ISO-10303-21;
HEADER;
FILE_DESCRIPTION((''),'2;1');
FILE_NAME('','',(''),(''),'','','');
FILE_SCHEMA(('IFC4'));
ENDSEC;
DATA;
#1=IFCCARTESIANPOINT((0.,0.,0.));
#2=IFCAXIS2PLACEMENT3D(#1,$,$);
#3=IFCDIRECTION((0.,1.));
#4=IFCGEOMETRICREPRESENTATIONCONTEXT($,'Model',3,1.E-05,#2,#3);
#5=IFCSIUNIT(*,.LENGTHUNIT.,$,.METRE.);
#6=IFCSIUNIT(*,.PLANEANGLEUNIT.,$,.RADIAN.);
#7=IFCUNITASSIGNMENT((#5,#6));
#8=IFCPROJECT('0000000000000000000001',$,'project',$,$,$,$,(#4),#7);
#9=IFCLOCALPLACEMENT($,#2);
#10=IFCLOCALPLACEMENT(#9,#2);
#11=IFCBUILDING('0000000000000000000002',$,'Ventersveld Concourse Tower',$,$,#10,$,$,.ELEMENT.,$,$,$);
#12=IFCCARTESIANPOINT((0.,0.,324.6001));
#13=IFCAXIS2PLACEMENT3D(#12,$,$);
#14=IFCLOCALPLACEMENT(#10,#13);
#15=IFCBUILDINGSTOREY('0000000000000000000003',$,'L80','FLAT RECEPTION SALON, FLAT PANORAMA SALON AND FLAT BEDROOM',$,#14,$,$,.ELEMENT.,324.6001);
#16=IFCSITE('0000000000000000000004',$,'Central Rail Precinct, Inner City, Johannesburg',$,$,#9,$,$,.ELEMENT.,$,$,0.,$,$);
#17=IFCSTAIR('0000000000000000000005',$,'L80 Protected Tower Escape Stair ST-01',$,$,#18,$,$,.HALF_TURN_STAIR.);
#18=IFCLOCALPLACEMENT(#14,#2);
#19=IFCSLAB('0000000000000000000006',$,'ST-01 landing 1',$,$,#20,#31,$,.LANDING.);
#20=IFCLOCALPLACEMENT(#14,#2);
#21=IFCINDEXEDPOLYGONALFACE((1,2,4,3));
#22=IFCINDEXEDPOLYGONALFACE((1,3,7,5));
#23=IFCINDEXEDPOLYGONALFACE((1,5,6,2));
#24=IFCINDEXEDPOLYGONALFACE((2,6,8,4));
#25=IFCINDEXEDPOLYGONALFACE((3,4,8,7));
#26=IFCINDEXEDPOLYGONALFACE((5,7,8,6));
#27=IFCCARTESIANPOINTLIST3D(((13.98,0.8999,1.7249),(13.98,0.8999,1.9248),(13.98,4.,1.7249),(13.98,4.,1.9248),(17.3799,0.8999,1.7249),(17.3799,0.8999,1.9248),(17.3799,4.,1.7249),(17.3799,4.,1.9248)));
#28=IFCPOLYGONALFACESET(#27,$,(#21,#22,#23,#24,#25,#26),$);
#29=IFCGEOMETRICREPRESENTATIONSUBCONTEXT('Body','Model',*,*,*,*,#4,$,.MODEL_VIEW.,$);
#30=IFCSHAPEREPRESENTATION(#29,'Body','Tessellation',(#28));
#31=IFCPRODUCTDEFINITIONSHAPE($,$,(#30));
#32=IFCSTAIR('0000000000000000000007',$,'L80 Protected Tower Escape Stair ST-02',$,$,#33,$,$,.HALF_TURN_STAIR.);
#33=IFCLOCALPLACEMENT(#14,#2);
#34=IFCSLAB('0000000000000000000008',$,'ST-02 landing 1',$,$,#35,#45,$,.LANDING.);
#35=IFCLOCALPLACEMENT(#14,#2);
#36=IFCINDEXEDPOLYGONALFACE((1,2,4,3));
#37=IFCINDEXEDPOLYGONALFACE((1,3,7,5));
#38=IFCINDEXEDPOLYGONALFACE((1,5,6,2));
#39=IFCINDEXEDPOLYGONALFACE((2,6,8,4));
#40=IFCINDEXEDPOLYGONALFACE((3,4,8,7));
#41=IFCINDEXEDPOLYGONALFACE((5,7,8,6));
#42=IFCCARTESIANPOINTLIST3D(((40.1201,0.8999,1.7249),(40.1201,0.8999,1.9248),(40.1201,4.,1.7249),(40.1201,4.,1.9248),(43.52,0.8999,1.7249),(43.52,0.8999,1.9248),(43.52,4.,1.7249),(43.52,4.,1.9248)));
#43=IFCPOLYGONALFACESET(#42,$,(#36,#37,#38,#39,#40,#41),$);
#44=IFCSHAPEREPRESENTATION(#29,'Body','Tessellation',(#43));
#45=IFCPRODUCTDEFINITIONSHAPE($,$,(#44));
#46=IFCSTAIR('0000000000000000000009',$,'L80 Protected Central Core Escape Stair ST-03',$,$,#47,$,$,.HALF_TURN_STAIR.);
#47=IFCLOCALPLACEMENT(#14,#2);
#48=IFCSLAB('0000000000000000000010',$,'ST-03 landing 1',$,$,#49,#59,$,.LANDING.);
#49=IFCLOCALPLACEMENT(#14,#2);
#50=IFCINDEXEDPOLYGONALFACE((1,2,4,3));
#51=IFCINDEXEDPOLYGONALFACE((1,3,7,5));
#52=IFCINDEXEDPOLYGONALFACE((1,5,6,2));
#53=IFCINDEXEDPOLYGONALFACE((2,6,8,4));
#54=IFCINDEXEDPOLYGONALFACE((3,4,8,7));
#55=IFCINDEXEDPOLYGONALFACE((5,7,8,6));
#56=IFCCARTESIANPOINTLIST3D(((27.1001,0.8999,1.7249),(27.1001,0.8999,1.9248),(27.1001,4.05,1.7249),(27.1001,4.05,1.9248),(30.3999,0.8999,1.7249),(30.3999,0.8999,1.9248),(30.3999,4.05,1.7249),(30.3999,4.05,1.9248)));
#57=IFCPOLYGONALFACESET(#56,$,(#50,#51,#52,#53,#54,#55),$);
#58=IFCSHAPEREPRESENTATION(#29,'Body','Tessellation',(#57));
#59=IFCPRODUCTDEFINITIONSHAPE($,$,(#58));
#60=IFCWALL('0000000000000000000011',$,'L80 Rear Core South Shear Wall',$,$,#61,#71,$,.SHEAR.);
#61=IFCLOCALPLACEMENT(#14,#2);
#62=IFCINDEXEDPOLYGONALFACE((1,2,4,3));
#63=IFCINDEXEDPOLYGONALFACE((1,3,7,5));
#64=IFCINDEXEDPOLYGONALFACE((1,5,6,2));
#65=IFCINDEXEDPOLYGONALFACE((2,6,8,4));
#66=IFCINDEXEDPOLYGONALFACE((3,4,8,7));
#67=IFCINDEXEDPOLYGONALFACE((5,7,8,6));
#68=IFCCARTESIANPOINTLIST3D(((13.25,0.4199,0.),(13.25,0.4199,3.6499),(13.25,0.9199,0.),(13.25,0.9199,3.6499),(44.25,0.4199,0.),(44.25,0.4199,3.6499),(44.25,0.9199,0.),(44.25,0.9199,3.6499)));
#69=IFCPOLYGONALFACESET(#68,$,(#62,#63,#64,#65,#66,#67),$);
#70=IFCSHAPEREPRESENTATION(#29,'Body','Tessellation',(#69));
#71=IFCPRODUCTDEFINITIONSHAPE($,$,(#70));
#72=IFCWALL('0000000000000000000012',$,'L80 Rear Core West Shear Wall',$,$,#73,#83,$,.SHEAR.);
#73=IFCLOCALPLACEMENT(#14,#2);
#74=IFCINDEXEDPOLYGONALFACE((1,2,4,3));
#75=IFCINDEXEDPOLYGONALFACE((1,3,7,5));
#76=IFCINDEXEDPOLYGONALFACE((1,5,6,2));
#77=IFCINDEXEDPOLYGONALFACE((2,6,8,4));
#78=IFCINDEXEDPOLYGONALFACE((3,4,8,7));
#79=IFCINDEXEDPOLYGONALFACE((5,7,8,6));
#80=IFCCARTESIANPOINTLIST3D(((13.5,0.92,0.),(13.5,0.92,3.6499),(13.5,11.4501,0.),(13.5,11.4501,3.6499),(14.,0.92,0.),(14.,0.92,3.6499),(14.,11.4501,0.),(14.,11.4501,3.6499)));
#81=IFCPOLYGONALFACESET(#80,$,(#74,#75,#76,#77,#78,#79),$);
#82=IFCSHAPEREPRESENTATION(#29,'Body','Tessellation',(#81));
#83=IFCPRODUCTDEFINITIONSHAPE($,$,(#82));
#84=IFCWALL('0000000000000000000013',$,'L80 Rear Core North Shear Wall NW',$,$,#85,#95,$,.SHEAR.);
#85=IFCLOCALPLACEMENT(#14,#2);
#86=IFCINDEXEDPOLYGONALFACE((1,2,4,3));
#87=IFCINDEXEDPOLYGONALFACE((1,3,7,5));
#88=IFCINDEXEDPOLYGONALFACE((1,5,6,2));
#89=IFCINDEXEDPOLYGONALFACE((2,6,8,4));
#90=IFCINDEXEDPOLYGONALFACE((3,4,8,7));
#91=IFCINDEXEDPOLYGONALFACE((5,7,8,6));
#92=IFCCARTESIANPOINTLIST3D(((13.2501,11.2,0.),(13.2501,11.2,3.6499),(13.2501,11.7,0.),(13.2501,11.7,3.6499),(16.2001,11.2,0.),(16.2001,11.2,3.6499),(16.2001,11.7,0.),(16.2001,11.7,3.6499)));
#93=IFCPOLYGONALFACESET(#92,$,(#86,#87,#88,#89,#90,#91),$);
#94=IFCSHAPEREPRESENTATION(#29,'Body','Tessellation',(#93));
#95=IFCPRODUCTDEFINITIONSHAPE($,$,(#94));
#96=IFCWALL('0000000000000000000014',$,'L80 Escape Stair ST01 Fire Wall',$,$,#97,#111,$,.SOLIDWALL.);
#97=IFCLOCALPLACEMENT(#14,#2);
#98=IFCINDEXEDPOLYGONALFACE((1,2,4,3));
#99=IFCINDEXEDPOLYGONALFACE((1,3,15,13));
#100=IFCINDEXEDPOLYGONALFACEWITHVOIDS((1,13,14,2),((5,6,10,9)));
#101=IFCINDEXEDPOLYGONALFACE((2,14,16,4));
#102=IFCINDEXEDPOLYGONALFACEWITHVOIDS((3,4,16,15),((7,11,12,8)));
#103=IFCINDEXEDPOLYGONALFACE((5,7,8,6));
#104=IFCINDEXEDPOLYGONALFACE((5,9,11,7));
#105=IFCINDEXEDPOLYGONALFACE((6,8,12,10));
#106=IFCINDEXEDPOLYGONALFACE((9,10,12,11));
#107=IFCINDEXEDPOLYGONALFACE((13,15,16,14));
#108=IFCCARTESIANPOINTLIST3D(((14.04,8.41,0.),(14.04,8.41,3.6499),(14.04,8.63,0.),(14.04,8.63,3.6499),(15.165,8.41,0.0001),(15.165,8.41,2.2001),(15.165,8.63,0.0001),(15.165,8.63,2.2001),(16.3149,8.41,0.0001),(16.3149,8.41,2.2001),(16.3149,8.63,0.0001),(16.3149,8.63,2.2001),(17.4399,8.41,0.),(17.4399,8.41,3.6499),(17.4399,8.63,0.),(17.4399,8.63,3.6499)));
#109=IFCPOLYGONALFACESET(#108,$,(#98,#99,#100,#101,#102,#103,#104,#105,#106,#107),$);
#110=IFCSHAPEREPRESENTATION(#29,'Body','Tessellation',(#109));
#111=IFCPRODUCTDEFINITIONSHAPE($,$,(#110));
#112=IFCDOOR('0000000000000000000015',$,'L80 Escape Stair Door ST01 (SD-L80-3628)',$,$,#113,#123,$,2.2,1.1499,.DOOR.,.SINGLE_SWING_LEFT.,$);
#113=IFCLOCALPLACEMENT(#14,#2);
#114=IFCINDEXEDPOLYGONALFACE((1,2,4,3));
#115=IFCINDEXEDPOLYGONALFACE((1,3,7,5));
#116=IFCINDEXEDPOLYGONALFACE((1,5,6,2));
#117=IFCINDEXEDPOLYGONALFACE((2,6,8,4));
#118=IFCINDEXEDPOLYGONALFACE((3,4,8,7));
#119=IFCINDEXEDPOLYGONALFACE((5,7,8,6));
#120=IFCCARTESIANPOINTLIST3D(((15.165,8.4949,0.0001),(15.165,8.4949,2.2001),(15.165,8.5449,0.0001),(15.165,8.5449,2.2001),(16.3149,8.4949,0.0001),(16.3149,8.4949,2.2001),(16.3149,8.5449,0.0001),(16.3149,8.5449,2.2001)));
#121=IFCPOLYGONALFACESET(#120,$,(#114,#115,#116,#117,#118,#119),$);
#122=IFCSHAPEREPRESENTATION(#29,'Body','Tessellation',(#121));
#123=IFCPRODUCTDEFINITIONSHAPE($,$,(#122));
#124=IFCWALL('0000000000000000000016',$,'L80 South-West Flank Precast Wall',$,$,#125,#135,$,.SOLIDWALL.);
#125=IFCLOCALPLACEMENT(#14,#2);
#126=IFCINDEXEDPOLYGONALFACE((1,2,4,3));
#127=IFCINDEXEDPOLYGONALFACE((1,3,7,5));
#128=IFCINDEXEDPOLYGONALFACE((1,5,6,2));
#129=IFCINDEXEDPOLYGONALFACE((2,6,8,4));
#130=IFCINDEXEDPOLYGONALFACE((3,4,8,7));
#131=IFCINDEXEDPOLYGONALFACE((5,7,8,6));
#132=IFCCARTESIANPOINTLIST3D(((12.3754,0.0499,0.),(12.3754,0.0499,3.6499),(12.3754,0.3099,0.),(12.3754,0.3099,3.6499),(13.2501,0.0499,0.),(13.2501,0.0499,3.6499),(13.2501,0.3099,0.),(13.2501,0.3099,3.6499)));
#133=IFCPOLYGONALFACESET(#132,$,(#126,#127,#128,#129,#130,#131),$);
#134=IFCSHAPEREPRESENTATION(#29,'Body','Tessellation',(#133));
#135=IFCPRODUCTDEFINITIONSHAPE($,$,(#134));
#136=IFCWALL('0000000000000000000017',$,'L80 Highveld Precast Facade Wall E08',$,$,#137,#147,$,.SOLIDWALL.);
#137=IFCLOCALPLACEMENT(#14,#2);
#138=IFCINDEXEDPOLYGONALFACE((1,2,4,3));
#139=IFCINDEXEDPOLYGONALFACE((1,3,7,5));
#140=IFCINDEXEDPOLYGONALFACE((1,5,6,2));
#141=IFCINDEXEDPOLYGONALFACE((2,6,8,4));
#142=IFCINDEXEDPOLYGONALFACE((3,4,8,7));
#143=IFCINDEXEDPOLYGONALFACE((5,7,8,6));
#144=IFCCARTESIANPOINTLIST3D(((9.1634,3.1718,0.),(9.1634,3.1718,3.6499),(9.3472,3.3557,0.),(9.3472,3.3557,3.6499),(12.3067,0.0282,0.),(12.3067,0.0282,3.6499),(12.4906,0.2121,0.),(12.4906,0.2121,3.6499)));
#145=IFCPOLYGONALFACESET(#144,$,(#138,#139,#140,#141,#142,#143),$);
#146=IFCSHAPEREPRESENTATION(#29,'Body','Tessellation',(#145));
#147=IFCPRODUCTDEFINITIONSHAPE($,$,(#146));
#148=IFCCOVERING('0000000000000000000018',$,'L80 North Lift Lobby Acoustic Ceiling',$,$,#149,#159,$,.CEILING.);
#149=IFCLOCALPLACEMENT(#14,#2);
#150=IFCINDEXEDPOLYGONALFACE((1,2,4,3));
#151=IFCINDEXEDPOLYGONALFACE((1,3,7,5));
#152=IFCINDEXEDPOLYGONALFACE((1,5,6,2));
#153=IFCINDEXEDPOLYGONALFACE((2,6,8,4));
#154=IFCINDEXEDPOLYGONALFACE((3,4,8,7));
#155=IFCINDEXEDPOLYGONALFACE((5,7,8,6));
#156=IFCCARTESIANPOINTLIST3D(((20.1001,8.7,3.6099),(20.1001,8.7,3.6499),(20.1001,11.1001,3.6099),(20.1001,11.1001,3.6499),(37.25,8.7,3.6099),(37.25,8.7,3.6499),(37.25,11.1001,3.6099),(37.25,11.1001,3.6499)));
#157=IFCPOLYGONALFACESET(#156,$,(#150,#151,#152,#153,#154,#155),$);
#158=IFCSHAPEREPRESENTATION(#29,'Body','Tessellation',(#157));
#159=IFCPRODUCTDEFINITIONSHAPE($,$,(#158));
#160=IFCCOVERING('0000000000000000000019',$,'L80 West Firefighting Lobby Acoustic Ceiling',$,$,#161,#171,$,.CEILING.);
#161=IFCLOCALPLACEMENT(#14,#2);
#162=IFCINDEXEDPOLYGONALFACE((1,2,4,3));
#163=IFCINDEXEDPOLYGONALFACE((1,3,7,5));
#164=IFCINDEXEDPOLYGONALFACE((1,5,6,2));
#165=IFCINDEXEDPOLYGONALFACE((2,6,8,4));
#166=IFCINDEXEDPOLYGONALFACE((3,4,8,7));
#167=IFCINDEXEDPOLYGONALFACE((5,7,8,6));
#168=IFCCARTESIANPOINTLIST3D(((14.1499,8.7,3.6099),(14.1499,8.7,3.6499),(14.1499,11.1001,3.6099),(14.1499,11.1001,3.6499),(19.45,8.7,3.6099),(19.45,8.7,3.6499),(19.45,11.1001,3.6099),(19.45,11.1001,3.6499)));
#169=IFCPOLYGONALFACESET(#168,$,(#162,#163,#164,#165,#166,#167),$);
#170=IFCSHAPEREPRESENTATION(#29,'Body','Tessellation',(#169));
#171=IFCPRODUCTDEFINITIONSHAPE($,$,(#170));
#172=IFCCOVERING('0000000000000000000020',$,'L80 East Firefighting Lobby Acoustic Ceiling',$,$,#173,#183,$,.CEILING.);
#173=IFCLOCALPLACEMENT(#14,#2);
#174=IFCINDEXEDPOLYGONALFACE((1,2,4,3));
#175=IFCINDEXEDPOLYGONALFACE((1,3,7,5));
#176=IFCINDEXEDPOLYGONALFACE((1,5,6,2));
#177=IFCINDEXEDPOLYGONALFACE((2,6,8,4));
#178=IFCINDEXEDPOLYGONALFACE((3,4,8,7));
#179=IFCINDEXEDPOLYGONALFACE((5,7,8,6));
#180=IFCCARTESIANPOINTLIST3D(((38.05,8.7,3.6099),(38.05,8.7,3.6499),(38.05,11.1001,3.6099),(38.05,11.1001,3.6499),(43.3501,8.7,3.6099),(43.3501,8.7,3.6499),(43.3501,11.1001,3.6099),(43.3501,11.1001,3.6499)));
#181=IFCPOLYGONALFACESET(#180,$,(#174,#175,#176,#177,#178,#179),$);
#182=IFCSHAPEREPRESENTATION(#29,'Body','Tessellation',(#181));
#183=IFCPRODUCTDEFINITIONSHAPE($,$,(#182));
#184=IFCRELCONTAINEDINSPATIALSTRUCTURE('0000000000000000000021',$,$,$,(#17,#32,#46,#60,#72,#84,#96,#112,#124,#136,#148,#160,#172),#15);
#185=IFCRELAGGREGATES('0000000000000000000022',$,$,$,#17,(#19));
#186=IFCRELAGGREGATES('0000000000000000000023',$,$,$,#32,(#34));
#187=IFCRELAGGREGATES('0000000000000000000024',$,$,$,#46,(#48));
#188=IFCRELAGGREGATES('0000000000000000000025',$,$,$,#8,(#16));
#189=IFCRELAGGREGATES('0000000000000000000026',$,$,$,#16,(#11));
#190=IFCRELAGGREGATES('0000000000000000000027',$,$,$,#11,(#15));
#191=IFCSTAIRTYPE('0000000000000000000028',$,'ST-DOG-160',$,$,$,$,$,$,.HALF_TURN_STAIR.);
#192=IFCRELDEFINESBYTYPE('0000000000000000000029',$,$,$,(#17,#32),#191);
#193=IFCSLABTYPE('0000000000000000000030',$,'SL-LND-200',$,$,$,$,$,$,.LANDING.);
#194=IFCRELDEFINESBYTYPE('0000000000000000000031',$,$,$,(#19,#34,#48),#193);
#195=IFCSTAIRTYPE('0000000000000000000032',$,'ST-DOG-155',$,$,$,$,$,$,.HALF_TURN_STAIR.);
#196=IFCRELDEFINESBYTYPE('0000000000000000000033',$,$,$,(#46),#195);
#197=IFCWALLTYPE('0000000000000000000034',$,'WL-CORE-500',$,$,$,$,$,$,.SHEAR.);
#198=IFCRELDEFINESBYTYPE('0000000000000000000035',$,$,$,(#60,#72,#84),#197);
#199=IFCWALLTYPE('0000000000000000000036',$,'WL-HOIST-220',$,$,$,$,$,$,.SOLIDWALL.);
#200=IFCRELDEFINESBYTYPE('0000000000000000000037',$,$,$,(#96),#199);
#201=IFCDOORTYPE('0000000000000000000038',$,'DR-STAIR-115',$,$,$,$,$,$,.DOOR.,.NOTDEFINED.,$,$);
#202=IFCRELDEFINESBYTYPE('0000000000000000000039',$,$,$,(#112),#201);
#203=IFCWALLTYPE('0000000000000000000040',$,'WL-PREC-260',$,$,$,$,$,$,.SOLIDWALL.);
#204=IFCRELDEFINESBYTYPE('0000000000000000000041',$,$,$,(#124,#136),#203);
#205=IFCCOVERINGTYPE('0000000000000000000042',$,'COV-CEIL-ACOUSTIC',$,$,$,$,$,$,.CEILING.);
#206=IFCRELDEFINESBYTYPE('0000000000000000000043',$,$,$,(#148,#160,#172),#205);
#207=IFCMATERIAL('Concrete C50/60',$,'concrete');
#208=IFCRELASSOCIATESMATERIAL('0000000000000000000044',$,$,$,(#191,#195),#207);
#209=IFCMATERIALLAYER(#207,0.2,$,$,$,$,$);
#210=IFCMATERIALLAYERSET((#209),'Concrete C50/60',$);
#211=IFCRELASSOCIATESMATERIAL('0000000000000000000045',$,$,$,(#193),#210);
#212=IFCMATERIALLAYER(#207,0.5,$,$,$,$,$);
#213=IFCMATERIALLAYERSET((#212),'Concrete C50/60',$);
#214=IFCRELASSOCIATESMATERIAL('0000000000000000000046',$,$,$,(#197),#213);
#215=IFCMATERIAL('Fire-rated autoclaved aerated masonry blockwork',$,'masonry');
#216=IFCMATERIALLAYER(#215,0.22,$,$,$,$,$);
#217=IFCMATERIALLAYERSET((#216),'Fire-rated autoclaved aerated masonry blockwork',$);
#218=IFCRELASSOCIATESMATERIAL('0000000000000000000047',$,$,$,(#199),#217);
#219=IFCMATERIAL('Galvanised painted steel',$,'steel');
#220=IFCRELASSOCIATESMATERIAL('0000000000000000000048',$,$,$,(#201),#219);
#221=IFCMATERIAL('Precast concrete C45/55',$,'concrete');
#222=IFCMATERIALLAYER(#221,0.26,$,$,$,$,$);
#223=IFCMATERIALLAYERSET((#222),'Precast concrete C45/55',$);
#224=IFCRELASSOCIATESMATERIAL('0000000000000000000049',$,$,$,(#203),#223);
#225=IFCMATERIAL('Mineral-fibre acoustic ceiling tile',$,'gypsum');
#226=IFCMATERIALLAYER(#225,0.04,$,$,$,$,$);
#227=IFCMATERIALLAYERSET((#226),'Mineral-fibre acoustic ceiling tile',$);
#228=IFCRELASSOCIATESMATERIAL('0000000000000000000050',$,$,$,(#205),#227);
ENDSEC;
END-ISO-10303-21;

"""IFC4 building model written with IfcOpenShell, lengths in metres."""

from ifc_helpers import new_model, si_unit, direction, frame, frame_2d, origin, place, context, subcontext, project, spatial, polyline, rectangle, outline, extrude, material, layer, layer_set, type_object, element, fill, aggregate, save


model = new_model("IFC4")

# Units and contexts
model_context = context("Model", 3, precision=1e-05, world=origin(), true_north=direction((0.0, 1.0)))
body_context = subcontext(model_context, "Body", "Model", "MODEL_VIEW")
ifc_project = project(units=[si_unit("LENGTHUNIT", "METRE"), si_unit("PLANEANGLEUNIT", "RADIAN")], contexts=[model_context])

# Site, building, storey
site_placement = place(None, origin())
site = spatial("IfcSite", under=ifc_project, at=site_placement, Name="Central Rail Precinct, Inner City, Johannesburg", CompositionType="ELEMENT", RefElevation=0.0)
building_placement = place(site_placement, origin())
building = spatial("IfcBuilding", under=site, at=building_placement, Name="Ventersveld Concourse Tower", CompositionType="ELEMENT")
storey_placement = place(building_placement, frame((0.0, 0.0, 324.6001)))
storey = spatial("IfcBuildingStorey", under=building, at=storey_placement, Name="L80", Description="FLAT RECEPTION SALON, FLAT PANORAMA SALON AND FLAT BEDROOM", CompositionType="ELEMENT", Elevation=324.6001)

# Shared definitions
ifc_material_1 = material(Name="Concrete C50/60", Category="concrete")

# Stairs, slabs
stair_type_1 = type_object("IfcStairType", Name="ST-DOG-160", PredefinedType="HALF_TURN_STAIR", material=ifc_material_1)
stair_1_placement = place(storey_placement, origin())
stair_1 = element("IfcStair", 1, at=stair_1_placement, inside=storey, type_object=stair_type_1, Name="L80 Protected Tower Escape Stair ST-01", PredefinedType="HALF_TURN_STAIR")
ifc_layer_1 = layer(ifc_material_1, 0.2)
ifc_layer_set_1 = layer_set([ifc_layer_1], Name="Concrete C50/60")
slab_type_1 = type_object("IfcSlabType", Name="SL-LND-200", PredefinedType="LANDING", material=ifc_layer_set_1)
slab_1_placement = place(storey_placement, frame((0.0, 0.0, 1.7249)))
slab_1 = element("IfcSlab", 2, at=slab_1_placement, type_object=slab_type_1, Name="ST-01 landing 1", PredefinedType="LANDING", context=body_context, shape_type="SweptSolid", body=[
    extrude(outline(polyline([(13.98, 4.0), (13.98, 0.8999), (17.3799, 0.8999), (17.3799, 4.0), (13.98, 4.0)])), origin(), (0.0, 0.0, 1.0), 0.2),
])
aggregate(stair_1, [slab_1])
stair_2_placement = place(storey_placement, origin())
stair_2 = element("IfcStair", 3, at=stair_2_placement, inside=storey, type_object=stair_type_1, Name="L80 Protected Tower Escape Stair ST-02", PredefinedType="HALF_TURN_STAIR")
slab_2_placement = place(storey_placement, frame((0.0, 0.0, 1.7249)))
slab_2 = element("IfcSlab", 4, at=slab_2_placement, type_object=slab_type_1, Name="ST-02 landing 1", PredefinedType="LANDING", context=body_context, shape_type="SweptSolid", body=[
    extrude(outline(polyline([(40.1201, 4.0), (40.1201, 0.8999), (43.52, 0.8999), (43.52, 4.0), (40.1201, 4.0)])), origin(), (0.0, 0.0, 1.0), 0.2),
])
aggregate(stair_2, [slab_2])
stair_type_2 = type_object("IfcStairType", Name="ST-DOG-155", PredefinedType="HALF_TURN_STAIR", material=ifc_material_1)
stair_3_placement = place(storey_placement, origin())
stair_3 = element("IfcStair", 5, at=stair_3_placement, inside=storey, type_object=stair_type_2, Name="L80 Protected Central Core Escape Stair ST-03", PredefinedType="HALF_TURN_STAIR")
slab_3_placement = place(storey_placement, frame((0.0, 0.0, 1.7249)))
slab_3 = element("IfcSlab", 6, at=slab_3_placement, type_object=slab_type_1, Name="ST-03 landing 1", PredefinedType="LANDING", context=body_context, shape_type="SweptSolid", body=[
    extrude(outline(polyline([(27.1001, 4.05), (27.1001, 0.8999), (30.3999, 0.8999), (30.3999, 4.05), (27.1001, 4.05)])), origin(), (0.0, 0.0, 1.0), 0.2),
])
aggregate(stair_3, [slab_3])

# Walls
ifc_layer_2 = layer(ifc_material_1, 0.5)
ifc_layer_set_2 = layer_set([ifc_layer_2], Name="Concrete C50/60")
wall_type_1 = type_object("IfcWallType", Name="WL-CORE-500", PredefinedType="SHEAR", material=ifc_layer_set_2)
wall_1_placement = place(storey_placement, frame((13.25, 0.6699, 0.0), z_axis=(0.0, 0.0, 1.0), x_axis=(1.0, 0.0, 0.0)))
element("IfcWall", 7, at=wall_1_placement, inside=storey, type_object=wall_type_1, Name="L80 Rear Core South Shear Wall", PredefinedType="SHEAR", context=body_context, shape_type="SweptSolid", body=[
    extrude(rectangle(XDim=31.0, YDim=0.5, at=frame_2d((15.5, 0.0))), origin(), (0.0, 0.0, 1.0), 3.6499),
])
wall_2_placement = place(storey_placement, frame((13.75, 0.9199, 0.0), z_axis=(0.0, 0.0, 1.0), x_axis=(0.0, 1.0, 0.0)))
element("IfcWall", 8, at=wall_2_placement, inside=storey, type_object=wall_type_1, Name="L80 Rear Core West Shear Wall", PredefinedType="SHEAR", context=body_context, shape_type="SweptSolid", body=[
    extrude(rectangle(XDim=10.53, YDim=0.5, at=frame_2d((5.2651, 0.0))), origin(), (0.0, 0.0, 1.0), 3.6499),
])
wall_3_placement = place(storey_placement, frame((13.25, 11.45, 0.0), z_axis=(0.0, 0.0, 1.0), x_axis=(1.0, 0.0, 0.0)))
element("IfcWall", 9, at=wall_3_placement, inside=storey, type_object=wall_type_1, Name="L80 Rear Core North Shear Wall NW", PredefinedType="SHEAR", context=body_context, shape_type="SweptSolid", body=[
    extrude(rectangle(XDim=2.95, YDim=0.5, at=frame_2d((1.4751, 0.0))), origin(), (0.0, 0.0, 1.0), 3.6499),
])

# Wall, opening, door
ifc_material_2 = material(Name="Fire-rated autoclaved aerated masonry blockwork", Category="masonry")
ifc_layer_3 = layer(ifc_material_2, 0.22)
ifc_layer_set_3 = layer_set([ifc_layer_3], Name="Fire-rated autoclaved aerated masonry blockwork")
wall_type_2 = type_object("IfcWallType", Name="WL-HOIST-220", PredefinedType="SOLIDWALL", material=ifc_layer_set_3)
wall_4_placement = place(storey_placement, frame((14.04, 8.52, 0.0), z_axis=(0.0, 0.0, 1.0), x_axis=(1.0, 0.0, 0.0)))
wall_4 = element("IfcWall", 10, at=wall_4_placement, inside=storey, type_object=wall_type_2, Name="L80 Escape Stair ST01 Fire Wall", PredefinedType="SOLIDWALL", context=body_context, shape_type="SweptSolid", body=[
    extrude(rectangle(XDim=3.3999, YDim=0.22, at=frame_2d((1.7, 0.0))), origin(), (0.0, 0.0, 1.0), 3.6499),
])
opening_placement = place(wall_4_placement, frame((1.125, 0.0, 0.0)))
opening = element("IfcOpeningElement", 11, at=opening_placement, cuts=wall_4, PredefinedType="OPENING", context=body_context, shape_type="SweptSolid", body=[
    extrude(rectangle(XDim=1.1499, YDim=2.2, at=frame_2d((0.575, 1.1001))), frame((0.0, 0.1201, 0.0), z_axis=(0.0, -1.0, 0.0), x_axis=(1.0, 0.0, 0.0)), (0.0, 0.0, 1.0), 0.24),
])
ifc_material_3 = material(Name="Galvanised painted steel", Category="steel")
door_type = type_object("IfcDoorType", Name="DR-STAIR-115", OperationType="NOTDEFINED", PredefinedType="DOOR", material=ifc_material_3)
door_placement = place(opening_placement, origin())
door = element("IfcDoor", 12, at=door_placement, inside=storey, type_object=door_type, Name="L80 Escape Stair Door ST01 (SD-L80-3628)", OperationType="SINGLE_SWING_LEFT", OverallHeight=2.2, OverallWidth=1.1499, PredefinedType="DOOR", context=body_context, shape_type="SweptSolid", body=[
    extrude(rectangle(XDim=1.1499, YDim=2.2, at=frame_2d((0.575, 1.1001))), frame((0.0, 0.0249, 0.0), z_axis=(0.0, -1.0, 0.0), x_axis=(1.0, 0.0, 0.0)), (0.0, 0.0, 1.0), 0.05),
])
fill(opening, door)

# Walls
ifc_material_4 = material(Name="Precast concrete C45/55", Category="concrete")
ifc_layer_4 = layer(ifc_material_4, 0.26)
ifc_layer_set_4 = layer_set([ifc_layer_4], Name="Precast concrete C45/55")
wall_type_3 = type_object("IfcWallType", Name="WL-PREC-260", PredefinedType="SOLIDWALL", material=ifc_layer_set_4)
wall_5_placement = place(storey_placement, frame((12.3752, 0.1799, 0.0), z_axis=(0.0, 0.0, 1.0), x_axis=(1.0, 0.0, 0.0)))
element("IfcWall", 13, at=wall_5_placement, inside=storey, type_object=wall_type_3, Name="L80 South-West Flank Precast Wall", PredefinedType="SOLIDWALL", context=body_context, shape_type="SweptSolid", body=[
    extrude(rectangle(XDim=0.8748, YDim=0.26, at=frame_2d((0.4375, 0.0))), origin(), (0.0, 0.0, 1.0), 3.6499),
])
wall_6_placement = place(storey_placement, frame((9.2554, 3.2637, 0.0), z_axis=(0.0, 0.0, 1.0), x_axis=(0.707079, -0.707134, 0.0)))
element("IfcWall", 14, at=wall_6_placement, inside=storey, type_object=wall_type_3, Name="L80 Highveld Precast Facade Wall E08", PredefinedType="SOLIDWALL", context=body_context, shape_type="SweptSolid", body=[
    extrude(rectangle(XDim=4.4456, YDim=0.26, at=frame_2d((2.2227, 0.0))), origin(), (0.0, 0.0, 1.0), 3.6499),
])

# Coverings
ifc_material_5 = material(Name="Mineral-fibre acoustic ceiling tile", Category="gypsum")
ifc_layer_5 = layer(ifc_material_5, 0.04)
ifc_layer_set_5 = layer_set([ifc_layer_5], Name="Mineral-fibre acoustic ceiling tile")
covering_type_1 = type_object("IfcCoveringType", Name="COV-CEIL-ACOUSTIC", PredefinedType="CEILING", material=ifc_layer_set_5)
covering_1_placement = place(storey_placement, frame((0.0, 0.0, 3.6099)))
element("IfcCovering", 15, at=covering_1_placement, inside=storey, type_object=covering_type_1, Name="L80 North Lift Lobby Acoustic Ceiling", PredefinedType="CEILING", context=body_context, shape_type="SweptSolid", body=[
    extrude(outline(polyline([(20.1001, 8.7), (37.25, 8.7), (37.25, 11.1001), (20.1001, 11.1001), (20.1001, 8.7)])), origin(), (0.0, 0.0, 1.0), 0.04),
])
covering_2_placement = place(storey_placement, frame((0.0, 0.0, 3.6099)))
element("IfcCovering", 16, at=covering_2_placement, inside=storey, type_object=covering_type_1, Name="L80 West Firefighting Lobby Acoustic Ceiling", PredefinedType="CEILING", context=body_context, shape_type="SweptSolid", body=[
    extrude(outline(polyline([(14.1499, 8.7), (19.45, 8.7), (19.45, 11.1001), (14.1499, 11.1001), (14.1499, 8.7)])), origin(), (0.0, 0.0, 1.0), 0.04),
])
covering_3_placement = place(storey_placement, frame((0.0, 0.0, 3.6099)))
element("IfcCovering", 17, at=covering_3_placement, inside=storey, type_object=covering_type_1, Name="L80 East Firefighting Lobby Acoustic Ceiling", PredefinedType="CEILING", context=body_context, shape_type="SweptSolid", body=[
    extrude(outline(polyline([(38.05, 8.7), (43.3501, 8.7), (43.3501, 11.1001), (38.05, 11.1001), (38.05, 8.7)])), origin(), (0.0, 0.0, 1.0), 0.04),
])

save(model, "model.ifc")
